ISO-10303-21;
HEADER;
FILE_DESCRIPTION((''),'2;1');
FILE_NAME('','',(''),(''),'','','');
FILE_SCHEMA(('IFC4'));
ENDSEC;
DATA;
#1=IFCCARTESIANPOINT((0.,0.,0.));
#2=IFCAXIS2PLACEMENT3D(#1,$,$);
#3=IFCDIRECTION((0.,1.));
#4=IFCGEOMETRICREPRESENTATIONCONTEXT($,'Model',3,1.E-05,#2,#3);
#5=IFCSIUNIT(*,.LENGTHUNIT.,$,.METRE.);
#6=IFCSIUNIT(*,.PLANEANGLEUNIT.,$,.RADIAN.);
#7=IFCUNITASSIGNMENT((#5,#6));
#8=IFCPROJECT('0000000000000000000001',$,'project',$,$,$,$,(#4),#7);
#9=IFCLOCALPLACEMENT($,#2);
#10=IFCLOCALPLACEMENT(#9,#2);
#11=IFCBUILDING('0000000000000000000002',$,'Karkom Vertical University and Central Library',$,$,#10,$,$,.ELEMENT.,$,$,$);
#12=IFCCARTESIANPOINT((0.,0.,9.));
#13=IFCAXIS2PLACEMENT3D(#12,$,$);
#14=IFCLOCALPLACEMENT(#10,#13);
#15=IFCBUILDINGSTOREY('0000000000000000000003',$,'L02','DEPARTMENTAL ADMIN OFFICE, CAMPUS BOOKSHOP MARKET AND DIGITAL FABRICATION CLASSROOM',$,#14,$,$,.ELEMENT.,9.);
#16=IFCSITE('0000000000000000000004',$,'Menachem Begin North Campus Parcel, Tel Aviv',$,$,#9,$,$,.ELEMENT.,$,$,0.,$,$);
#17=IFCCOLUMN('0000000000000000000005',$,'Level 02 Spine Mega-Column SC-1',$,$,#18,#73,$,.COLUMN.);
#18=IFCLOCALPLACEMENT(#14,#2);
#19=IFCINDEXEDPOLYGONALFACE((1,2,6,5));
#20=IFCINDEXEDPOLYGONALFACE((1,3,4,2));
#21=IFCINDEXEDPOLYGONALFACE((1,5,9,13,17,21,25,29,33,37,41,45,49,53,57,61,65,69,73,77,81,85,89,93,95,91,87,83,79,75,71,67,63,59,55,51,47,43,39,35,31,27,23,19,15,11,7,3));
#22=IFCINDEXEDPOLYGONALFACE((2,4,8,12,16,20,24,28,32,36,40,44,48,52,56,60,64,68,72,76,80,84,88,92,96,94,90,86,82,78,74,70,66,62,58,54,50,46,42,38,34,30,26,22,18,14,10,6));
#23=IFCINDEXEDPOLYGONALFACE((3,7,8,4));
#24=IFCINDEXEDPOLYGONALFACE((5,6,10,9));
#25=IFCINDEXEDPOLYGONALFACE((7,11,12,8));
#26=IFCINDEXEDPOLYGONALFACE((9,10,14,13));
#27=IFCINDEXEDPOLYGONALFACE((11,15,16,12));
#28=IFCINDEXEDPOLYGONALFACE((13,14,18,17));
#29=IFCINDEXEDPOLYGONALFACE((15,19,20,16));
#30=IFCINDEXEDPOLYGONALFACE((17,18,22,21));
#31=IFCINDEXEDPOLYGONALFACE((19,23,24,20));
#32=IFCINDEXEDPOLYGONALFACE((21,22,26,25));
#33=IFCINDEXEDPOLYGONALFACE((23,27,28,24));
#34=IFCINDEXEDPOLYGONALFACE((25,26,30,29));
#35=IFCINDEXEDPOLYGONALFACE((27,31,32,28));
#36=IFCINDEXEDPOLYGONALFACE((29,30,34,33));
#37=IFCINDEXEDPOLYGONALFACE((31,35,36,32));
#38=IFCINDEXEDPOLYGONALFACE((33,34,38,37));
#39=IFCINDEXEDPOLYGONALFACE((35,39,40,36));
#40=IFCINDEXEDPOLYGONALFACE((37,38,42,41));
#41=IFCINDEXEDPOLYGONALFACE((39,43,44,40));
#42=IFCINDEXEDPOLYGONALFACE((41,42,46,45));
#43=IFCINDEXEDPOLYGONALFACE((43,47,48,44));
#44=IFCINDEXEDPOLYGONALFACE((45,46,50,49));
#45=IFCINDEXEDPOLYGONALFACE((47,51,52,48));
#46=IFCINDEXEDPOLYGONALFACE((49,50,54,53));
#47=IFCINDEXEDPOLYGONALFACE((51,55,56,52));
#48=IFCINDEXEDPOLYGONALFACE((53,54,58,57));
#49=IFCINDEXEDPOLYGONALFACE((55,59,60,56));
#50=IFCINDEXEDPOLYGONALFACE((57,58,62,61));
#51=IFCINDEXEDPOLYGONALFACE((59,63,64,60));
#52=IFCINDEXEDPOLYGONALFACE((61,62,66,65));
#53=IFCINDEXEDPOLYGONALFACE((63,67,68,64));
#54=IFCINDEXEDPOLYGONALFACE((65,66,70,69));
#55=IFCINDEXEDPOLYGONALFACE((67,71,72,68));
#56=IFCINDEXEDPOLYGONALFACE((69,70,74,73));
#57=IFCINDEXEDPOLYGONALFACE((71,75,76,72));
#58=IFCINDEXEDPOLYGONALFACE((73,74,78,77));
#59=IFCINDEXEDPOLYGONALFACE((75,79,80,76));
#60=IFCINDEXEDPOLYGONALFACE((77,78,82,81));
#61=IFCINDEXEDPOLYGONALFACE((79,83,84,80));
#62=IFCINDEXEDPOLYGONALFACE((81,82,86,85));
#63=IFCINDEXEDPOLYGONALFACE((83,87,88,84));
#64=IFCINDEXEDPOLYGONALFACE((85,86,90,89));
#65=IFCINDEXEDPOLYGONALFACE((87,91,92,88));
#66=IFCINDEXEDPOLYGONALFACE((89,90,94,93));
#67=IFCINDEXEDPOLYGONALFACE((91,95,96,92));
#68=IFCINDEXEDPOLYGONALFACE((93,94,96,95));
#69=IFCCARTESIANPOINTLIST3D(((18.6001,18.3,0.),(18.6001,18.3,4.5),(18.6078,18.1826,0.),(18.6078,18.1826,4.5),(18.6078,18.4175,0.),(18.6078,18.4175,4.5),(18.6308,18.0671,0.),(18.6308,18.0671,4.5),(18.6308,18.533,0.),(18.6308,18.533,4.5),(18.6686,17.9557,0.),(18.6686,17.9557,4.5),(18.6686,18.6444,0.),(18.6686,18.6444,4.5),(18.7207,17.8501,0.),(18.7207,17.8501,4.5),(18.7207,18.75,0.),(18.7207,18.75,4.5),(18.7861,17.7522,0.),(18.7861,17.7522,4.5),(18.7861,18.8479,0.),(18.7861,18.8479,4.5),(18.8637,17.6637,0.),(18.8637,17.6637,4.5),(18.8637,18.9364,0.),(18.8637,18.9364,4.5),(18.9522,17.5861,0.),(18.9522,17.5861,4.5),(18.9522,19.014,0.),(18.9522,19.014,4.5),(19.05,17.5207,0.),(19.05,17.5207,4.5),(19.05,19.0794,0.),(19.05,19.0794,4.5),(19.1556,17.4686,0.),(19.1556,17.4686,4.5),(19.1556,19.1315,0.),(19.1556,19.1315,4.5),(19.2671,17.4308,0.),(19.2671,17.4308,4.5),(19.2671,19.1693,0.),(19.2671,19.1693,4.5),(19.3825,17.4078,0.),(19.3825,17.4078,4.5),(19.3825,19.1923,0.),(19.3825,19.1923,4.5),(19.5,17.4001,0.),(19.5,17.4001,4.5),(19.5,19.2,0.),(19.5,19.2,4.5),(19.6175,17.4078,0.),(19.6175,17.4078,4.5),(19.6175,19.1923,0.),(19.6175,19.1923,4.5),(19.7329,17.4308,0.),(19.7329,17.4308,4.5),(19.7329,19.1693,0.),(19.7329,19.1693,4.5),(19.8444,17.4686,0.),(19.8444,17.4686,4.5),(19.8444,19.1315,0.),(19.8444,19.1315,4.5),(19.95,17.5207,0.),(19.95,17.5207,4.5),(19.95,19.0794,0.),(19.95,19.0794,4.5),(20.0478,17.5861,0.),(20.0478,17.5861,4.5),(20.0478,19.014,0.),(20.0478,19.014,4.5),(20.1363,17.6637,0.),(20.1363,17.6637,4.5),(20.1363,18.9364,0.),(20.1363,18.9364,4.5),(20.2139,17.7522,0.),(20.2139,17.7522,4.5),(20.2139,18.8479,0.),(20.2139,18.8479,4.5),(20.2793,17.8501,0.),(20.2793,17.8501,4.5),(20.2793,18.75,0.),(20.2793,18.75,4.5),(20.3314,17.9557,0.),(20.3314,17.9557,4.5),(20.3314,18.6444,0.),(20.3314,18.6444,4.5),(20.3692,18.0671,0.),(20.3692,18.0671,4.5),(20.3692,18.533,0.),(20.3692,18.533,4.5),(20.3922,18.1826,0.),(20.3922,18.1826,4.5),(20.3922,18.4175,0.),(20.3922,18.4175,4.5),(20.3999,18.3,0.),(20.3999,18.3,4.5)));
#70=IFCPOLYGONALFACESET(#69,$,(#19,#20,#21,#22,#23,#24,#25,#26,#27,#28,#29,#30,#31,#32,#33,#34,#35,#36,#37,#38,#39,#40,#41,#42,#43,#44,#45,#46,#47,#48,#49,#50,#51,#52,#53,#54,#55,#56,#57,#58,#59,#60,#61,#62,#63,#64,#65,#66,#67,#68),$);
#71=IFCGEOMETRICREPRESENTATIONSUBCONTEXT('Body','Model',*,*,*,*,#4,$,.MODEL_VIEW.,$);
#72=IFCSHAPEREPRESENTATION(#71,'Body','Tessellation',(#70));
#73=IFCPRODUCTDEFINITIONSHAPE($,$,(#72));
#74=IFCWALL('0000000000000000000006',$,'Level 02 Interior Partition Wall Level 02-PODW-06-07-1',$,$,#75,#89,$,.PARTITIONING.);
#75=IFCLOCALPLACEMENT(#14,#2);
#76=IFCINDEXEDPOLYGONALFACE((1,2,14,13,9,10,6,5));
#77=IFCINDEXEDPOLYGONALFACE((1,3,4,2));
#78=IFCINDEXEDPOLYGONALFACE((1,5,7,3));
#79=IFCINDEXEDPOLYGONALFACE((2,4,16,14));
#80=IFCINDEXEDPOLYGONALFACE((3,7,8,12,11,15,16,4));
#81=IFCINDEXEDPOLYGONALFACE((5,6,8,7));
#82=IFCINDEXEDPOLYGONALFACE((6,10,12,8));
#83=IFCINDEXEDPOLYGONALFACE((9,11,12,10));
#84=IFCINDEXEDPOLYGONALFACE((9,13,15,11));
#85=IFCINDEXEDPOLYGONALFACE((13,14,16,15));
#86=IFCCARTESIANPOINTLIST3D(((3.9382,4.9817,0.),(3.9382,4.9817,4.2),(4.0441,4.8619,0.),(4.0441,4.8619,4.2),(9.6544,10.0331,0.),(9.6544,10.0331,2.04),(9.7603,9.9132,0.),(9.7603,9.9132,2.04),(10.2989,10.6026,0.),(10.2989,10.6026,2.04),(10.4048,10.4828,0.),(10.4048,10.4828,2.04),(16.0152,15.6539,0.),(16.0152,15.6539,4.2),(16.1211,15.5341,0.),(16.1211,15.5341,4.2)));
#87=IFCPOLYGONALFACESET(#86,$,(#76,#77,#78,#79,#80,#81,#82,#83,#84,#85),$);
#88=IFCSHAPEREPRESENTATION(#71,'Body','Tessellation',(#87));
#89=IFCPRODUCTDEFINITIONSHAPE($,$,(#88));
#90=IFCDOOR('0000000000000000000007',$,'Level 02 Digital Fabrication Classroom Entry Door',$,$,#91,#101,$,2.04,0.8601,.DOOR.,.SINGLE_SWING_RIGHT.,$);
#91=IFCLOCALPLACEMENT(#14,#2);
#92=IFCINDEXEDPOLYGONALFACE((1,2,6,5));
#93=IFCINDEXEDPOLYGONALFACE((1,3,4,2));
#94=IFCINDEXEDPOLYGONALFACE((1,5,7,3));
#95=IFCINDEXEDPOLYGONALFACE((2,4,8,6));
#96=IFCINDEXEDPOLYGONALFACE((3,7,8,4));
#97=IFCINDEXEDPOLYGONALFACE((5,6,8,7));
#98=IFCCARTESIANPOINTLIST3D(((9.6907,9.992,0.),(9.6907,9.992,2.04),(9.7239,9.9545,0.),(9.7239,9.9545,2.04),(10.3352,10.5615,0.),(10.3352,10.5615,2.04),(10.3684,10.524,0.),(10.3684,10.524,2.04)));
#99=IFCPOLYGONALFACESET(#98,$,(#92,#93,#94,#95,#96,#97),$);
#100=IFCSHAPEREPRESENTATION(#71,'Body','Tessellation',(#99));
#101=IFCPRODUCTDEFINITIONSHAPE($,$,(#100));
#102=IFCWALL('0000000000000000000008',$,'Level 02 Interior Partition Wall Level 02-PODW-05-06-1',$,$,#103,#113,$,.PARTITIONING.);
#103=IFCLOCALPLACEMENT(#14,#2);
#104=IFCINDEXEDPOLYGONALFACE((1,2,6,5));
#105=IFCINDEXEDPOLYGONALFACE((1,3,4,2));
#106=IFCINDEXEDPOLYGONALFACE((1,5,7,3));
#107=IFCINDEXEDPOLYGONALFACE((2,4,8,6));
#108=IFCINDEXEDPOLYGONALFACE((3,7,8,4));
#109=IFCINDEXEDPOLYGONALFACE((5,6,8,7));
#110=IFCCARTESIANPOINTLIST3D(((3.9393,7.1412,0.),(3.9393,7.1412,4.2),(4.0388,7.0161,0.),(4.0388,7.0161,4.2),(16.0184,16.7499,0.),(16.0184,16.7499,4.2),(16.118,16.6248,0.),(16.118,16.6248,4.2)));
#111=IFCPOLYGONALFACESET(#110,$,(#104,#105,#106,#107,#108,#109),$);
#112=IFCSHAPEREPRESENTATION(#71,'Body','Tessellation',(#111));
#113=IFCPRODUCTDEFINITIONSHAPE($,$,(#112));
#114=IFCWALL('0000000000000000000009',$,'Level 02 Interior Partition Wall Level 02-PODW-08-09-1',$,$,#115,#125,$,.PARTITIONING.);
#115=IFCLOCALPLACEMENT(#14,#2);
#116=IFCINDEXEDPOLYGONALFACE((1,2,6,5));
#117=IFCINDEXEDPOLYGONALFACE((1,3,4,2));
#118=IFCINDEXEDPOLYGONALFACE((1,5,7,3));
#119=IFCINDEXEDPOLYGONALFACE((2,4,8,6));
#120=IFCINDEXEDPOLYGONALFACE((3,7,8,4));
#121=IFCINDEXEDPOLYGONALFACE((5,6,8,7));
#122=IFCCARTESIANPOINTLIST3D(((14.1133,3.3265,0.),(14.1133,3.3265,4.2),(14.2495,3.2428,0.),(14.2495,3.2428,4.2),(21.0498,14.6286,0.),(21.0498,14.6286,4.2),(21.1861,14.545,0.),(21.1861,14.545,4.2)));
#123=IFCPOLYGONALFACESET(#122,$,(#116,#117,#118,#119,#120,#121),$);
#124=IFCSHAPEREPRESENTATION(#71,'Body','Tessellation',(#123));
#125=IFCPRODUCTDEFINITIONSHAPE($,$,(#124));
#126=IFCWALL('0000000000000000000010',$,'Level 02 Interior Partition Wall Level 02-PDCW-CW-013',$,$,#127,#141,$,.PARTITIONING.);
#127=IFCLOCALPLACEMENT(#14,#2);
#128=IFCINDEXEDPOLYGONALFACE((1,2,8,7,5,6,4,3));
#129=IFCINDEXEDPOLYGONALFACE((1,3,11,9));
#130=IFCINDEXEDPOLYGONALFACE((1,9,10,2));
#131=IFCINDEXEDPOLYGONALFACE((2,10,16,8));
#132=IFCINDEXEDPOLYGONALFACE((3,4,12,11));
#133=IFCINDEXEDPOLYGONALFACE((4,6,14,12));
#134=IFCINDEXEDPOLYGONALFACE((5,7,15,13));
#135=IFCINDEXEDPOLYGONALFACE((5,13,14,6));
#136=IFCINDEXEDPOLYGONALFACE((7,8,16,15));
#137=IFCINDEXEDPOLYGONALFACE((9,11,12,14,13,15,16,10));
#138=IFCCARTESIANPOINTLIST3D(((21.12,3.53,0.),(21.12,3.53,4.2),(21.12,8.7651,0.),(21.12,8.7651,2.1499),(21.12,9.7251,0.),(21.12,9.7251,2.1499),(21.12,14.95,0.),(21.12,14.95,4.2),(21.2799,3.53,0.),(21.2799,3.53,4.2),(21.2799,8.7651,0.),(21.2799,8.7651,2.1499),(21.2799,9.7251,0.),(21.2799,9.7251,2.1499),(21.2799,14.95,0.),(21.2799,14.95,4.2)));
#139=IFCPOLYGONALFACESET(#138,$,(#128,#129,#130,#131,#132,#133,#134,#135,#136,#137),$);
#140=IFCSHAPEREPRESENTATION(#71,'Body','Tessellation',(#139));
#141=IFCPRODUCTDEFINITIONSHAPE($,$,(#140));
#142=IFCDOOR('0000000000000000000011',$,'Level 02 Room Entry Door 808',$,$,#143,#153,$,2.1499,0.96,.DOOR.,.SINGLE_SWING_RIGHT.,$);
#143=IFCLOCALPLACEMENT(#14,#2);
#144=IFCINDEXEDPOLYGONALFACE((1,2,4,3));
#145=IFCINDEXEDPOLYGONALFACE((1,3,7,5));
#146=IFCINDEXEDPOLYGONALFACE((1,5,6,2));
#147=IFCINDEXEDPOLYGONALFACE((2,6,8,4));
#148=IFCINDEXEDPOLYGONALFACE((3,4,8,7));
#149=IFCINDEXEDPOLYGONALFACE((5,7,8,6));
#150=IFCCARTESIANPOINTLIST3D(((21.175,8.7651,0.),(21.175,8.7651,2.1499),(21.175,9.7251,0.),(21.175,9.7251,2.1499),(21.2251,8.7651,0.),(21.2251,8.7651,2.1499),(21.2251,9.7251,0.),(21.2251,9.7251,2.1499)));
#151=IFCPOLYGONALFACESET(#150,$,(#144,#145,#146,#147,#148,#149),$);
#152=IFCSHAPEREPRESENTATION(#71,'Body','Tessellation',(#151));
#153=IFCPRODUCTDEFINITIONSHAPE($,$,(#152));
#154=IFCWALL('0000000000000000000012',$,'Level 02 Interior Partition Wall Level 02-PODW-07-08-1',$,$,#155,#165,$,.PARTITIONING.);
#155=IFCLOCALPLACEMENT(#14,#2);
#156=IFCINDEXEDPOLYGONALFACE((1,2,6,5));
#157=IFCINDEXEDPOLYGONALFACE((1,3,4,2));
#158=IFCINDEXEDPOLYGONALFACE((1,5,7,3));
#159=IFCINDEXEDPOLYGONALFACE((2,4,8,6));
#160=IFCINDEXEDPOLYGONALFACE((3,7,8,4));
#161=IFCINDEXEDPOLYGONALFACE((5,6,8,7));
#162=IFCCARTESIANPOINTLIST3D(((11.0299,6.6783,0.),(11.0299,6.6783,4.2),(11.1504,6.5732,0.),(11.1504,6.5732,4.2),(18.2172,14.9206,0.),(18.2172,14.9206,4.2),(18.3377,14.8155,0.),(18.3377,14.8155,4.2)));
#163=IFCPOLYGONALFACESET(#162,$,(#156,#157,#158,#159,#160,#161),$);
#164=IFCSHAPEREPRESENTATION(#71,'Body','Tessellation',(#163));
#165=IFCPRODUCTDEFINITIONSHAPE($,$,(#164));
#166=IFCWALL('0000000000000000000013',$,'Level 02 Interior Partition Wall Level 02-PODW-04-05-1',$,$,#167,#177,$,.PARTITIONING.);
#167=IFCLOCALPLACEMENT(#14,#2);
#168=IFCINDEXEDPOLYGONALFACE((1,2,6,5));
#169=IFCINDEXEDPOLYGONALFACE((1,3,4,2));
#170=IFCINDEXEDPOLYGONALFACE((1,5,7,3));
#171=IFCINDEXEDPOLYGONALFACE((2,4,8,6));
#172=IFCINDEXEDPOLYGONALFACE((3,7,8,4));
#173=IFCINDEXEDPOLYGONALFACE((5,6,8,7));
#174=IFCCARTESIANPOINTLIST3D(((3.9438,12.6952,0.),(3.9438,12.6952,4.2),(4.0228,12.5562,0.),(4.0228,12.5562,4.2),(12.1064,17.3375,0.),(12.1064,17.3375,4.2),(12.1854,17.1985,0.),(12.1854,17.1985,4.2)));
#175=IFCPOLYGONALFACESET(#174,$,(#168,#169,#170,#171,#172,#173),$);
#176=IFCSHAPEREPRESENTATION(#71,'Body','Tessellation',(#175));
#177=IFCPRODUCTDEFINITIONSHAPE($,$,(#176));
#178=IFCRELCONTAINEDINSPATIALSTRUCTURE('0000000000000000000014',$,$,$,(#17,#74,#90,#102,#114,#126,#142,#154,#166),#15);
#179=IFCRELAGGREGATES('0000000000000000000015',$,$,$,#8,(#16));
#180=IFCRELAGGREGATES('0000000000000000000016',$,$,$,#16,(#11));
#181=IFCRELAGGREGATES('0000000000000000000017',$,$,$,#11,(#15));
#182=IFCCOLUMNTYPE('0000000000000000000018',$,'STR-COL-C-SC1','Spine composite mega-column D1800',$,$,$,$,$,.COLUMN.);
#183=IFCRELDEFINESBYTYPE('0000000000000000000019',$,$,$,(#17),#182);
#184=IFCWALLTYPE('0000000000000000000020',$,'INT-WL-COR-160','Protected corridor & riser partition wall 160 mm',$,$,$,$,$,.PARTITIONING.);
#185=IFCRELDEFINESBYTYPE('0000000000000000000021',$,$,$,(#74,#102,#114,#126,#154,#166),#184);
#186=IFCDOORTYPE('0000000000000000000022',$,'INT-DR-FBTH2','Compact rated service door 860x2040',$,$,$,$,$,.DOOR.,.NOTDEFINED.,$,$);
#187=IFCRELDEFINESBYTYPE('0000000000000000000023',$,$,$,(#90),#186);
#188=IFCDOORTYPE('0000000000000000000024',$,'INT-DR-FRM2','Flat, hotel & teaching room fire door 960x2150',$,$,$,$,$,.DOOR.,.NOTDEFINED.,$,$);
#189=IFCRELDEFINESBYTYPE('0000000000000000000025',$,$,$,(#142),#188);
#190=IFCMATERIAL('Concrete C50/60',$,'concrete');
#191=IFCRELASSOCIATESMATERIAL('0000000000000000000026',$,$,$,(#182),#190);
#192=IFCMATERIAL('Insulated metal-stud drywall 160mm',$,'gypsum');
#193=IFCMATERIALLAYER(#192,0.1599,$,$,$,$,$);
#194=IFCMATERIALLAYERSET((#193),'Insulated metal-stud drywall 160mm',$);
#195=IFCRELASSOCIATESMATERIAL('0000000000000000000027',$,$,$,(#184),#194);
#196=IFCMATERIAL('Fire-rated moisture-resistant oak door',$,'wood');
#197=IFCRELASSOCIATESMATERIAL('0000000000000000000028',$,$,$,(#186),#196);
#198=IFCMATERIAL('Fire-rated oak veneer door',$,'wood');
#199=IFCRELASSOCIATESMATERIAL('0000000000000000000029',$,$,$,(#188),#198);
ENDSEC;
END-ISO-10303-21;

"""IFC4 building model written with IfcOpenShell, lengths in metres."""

from ifc_helpers import new_model, si_unit, direction, frame, frame_2d, origin, origin_with_axes, origin_2d, place, context, subcontext, project, spatial, rectangle, circle, extrude, source, transform, mapped, material, layer, layer_set, material_profile, profile_set, type_object, element, fill, save


model = new_model("IFC4")

# Units and contexts
model_context = context("Model", 3, precision=1e-05, world=origin(), true_north=direction((0.0, 1.0)))
body_context = subcontext(model_context, "Body", "Model", "MODEL_VIEW")
ifc_project = project(units=[si_unit("LENGTHUNIT", "METRE"), si_unit("PLANEANGLEUNIT", "RADIAN")], contexts=[model_context])

# Site, building, storey
site_placement = place(None, origin())
site = spatial("IfcSite", under=ifc_project, at=site_placement, Name="Menachem Begin North Campus Parcel, Tel Aviv", CompositionType="ELEMENT", RefElevation=0.0)
building_placement = place(site_placement, origin())
building = spatial("IfcBuilding", under=site, at=building_placement, Name="Karkom Vertical University and Central Library", CompositionType="ELEMENT")
storey_placement = place(building_placement, frame((0.0, 0.0, 9.0)))
storey = spatial("IfcBuildingStorey", under=building, at=storey_placement, Name="L02", Description="DEPARTMENTAL ADMIN OFFICE, CAMPUS BOOKSHOP MARKET AND DIGITAL FABRICATION CLASSROOM", CompositionType="ELEMENT", Elevation=9.0)

# Column
ifc_material_1 = material(Name="Concrete C50/60", Category="concrete")
ifc_material_profile = material_profile(ifc_material_1, circle(Radius=0.8999, at=origin_2d()), Name="CFT-D1800")
ifc_profile_set = profile_set([ifc_material_profile], Name="Concrete C50/60")
column_type = type_object("IfcColumnType", Name="STR-COL-C-SC1", Description="Spine composite mega-column D1800", PredefinedType="COLUMN", material=ifc_profile_set)
shared_shape_1 = source(origin_with_axes(), body_context, "Body", "SweptSolid", [
    extrude(circle(Radius=0.8999, at=origin_2d()), origin(), (0.0, 0.0, 1.0), 4.5),
])
column_placement = place(storey_placement, frame((19.5, 18.3, 0.0), z_axis=(0.0, 0.0, 1.0), x_axis=(1.0, 0.0, 0.0)))
element("IfcColumn", 1, at=column_placement, inside=storey, type_object=column_type, Name="Level 02 Spine Mega-Column SC-1", PredefinedType="COLUMN", context=body_context, shape_type="MappedRepresentation", body=[
    mapped(shared_shape_1, transform((0.0, 0.0, 0.0), scale=1.0)),
])

# Wall, opening, door
ifc_material_2 = material(Name="Insulated metal-stud drywall 160mm", Category="gypsum")
ifc_layer_1 = layer(ifc_material_2, 0.1599)
ifc_layer_set_1 = layer_set([ifc_layer_1], Name="Insulated metal-stud drywall 160mm")
wall_type_1 = type_object("IfcWallType", Name="INT-WL-COR-160", Description="Protected corridor & riser partition wall 160 mm", PredefinedType="PARTITIONING", material=ifc_layer_set_1)
wall_1_placement = place(storey_placement, frame((16.0681, 15.594, 0.0), z_axis=(0.0, 0.0, 1.0), x_axis=(-0.749344, -0.662181, 0.0)))
wall_1 = element("IfcWall", 2, at=wall_1_placement, inside=storey, type_object=wall_type_1, Name="Level 02 Interior Partition Wall Level 02-PODW-06-07-1", PredefinedType="PARTITIONING", context=body_context, shape_type="SweptSolid", body=[
    extrude(rectangle(XDim=16.1167, YDim=0.1599, at=frame_2d((8.0583, 0.0))), origin(), (0.0, 0.0, 1.0), 4.2),
])
opening_1_placement = place(wall_1_placement, frame((7.6282, 0.0, 0.0)))
opening_1 = element("IfcOpeningElement", 3, at=opening_1_placement, cuts=wall_1, PredefinedType="OPENING", context=body_context, shape_type="SweptSolid", body=[
    extrude(rectangle(XDim=0.8601, YDim=2.04, at=frame_2d((0.4302, 1.02))), frame((0.0, 0.0898, 0.0), z_axis=(0.0, -1.0, 0.0), x_axis=(1.0, 0.0, 0.0)), (0.0, 0.0, 1.0), 0.1799),
])
ifc_material_3 = material(Name="Fire-rated moisture-resistant oak door", Category="wood")
door_type_1 = type_object("IfcDoorType", Name="INT-DR-FBTH2", Description="Compact rated service door 860x2040", OperationType="NOTDEFINED", PredefinedType="DOOR", material=ifc_material_3)
shared_shape_2 = source(origin_with_axes(), body_context, "Body", "SweptSolid", [
    extrude(rectangle(XDim=0.8601, YDim=2.04, at=frame_2d((0.4302, 1.02))), frame((0.0, 0.0249, 0.0), z_axis=(0.0, -1.0, 0.0), x_axis=(1.0, 0.0, 0.0)), (0.0, 0.0, 1.0), 0.05),
])
door_1_placement = place(opening_1_placement, origin())
door_1 = element("IfcDoor", 4, at=door_1_placement, inside=storey, type_object=door_type_1, Name="Level 02 Digital Fabrication Classroom Entry Door", OperationType="SINGLE_SWING_RIGHT", OverallHeight=2.04, OverallWidth=0.8601, PredefinedType="DOOR", context=body_context, shape_type="MappedRepresentation", body=[
    mapped(shared_shape_2, transform((0.0, 0.0, 0.0), scale=1.0)),
])
fill(opening_1, door_1)

# Walls
wall_2_placement = place(storey_placement, frame((16.0681, 16.6873, 0.0), z_axis=(0.0, 0.0, 1.0), x_axis=(-0.782593, -0.622534, 0.0)))
element("IfcWall", 5, at=wall_2_placement, inside=storey, type_object=wall_type_1, Name="Level 02 Interior Partition Wall Level 02-PODW-05-06-1", PredefinedType="PARTITIONING", context=body_context, shape_type="SweptSolid", body=[
    extrude(rectangle(XDim=15.4348, YDim=0.1599, at=frame_2d((7.7173, 0.0))), origin(), (0.0, 0.0, 1.0), 4.2),
])
wall_3_placement = place(storey_placement, frame((21.1179, 14.5867, 0.0), z_axis=(0.0, 0.0, 1.0), x_axis=(-0.523082, -0.852282, 0.0)))
element("IfcWall", 6, at=wall_3_placement, inside=storey, type_object=wall_type_1, Name="Level 02 Interior Partition Wall Level 02-PODW-08-09-1", PredefinedType="PARTITIONING", context=body_context, shape_type="SweptSolid", body=[
    extrude(rectangle(XDim=13.261, YDim=0.1599, at=frame_2d((6.6304, 0.0))), origin(), (0.0, 0.0, 1.0), 4.2),
])

# Wall, opening, door
wall_4_placement = place(storey_placement, frame((21.2, 3.53, 0.0), z_axis=(0.0, 0.0, 1.0), x_axis=(0.0, 1.0, 0.0)))
wall_4 = element("IfcWall", 7, at=wall_4_placement, inside=storey, type_object=wall_type_1, Name="Level 02 Interior Partition Wall Level 02-PDCW-CW-013", PredefinedType="PARTITIONING", context=body_context, shape_type="SweptSolid", body=[
    extrude(rectangle(XDim=11.4199, YDim=0.1599, at=frame_2d((5.71, 0.0))), origin(), (0.0, 0.0, 1.0), 4.2),
])
opening_2_placement = place(wall_4_placement, frame((5.2351, 0.0, 0.0)))
opening_2 = element("IfcOpeningElement", 8, at=opening_2_placement, cuts=wall_4, PredefinedType="OPENING", context=body_context, shape_type="SweptSolid", body=[
    extrude(rectangle(XDim=0.96, YDim=2.1499, at=frame_2d((0.48, 1.075))), frame((0.0, 0.0898, 0.0), z_axis=(0.0, -1.0, 0.0), x_axis=(1.0, 0.0, 0.0)), (0.0, 0.0, 1.0), 0.1799),
])
ifc_material_4 = material(Name="Fire-rated oak veneer door", Category="wood")
door_type_2 = type_object("IfcDoorType", Name="INT-DR-FRM2", Description="Flat, hotel & teaching room fire door 960x2150", OperationType="NOTDEFINED", PredefinedType="DOOR", material=ifc_material_4)
shared_shape_3 = source(origin_with_axes(), body_context, "Body", "SweptSolid", [
    extrude(rectangle(XDim=0.96, YDim=2.1499, at=frame_2d((0.48, 1.075))), frame((0.0, 0.0249, 0.0), z_axis=(0.0, -1.0, 0.0), x_axis=(1.0, 0.0, 0.0)), (0.0, 0.0, 1.0), 0.05),
])
door_2_placement = place(opening_2_placement, origin())
door_2 = element("IfcDoor", 9, at=door_2_placement, inside=storey, type_object=door_type_2, Name="Level 02 Room Entry Door 808", OperationType="SINGLE_SWING_RIGHT", OverallHeight=2.1499, OverallWidth=0.96, PredefinedType="DOOR", context=body_context, shape_type="MappedRepresentation", body=[
    mapped(shared_shape_3, transform((0.0, 0.0, 0.0), scale=1.0)),
])
fill(opening_2, door_2)

# Walls
wall_5_placement = place(storey_placement, frame((18.2773, 14.8679, 0.0), z_axis=(0.0, 0.0, 1.0), x_axis=(-0.657227, -0.753693, 0.0)))
element("IfcWall", 10, at=wall_5_placement, inside=storey, type_object=wall_type_1, Name="Level 02 Interior Partition Wall Level 02-PODW-07-08-1", PredefinedType="PARTITIONING", context=body_context, shape_type="SweptSolid", body=[
    extrude(rectangle(XDim=10.9358, YDim=0.1599, at=frame_2d((5.4678, 0.0))), origin(), (0.0, 0.0, 1.0), 4.2),
])
wall_6_placement = place(storey_placement, frame((12.146, 17.2681, 0.0), z_axis=(0.0, 0.0, 1.0), x_axis=(-0.869251, -0.494371, 0.0)))
element("IfcWall", 11, at=wall_6_placement, inside=storey, type_object=wall_type_1, Name="Level 02 Interior Partition Wall Level 02-PODW-04-05-1", PredefinedType="PARTITIONING", context=body_context, shape_type="SweptSolid", body=[
    extrude(rectangle(XDim=9.3904, YDim=0.1599, at=frame_2d((4.6953, 0.0))), origin(), (0.0, 0.0, 1.0), 4.2),
])

save(model, "model.ifc")
